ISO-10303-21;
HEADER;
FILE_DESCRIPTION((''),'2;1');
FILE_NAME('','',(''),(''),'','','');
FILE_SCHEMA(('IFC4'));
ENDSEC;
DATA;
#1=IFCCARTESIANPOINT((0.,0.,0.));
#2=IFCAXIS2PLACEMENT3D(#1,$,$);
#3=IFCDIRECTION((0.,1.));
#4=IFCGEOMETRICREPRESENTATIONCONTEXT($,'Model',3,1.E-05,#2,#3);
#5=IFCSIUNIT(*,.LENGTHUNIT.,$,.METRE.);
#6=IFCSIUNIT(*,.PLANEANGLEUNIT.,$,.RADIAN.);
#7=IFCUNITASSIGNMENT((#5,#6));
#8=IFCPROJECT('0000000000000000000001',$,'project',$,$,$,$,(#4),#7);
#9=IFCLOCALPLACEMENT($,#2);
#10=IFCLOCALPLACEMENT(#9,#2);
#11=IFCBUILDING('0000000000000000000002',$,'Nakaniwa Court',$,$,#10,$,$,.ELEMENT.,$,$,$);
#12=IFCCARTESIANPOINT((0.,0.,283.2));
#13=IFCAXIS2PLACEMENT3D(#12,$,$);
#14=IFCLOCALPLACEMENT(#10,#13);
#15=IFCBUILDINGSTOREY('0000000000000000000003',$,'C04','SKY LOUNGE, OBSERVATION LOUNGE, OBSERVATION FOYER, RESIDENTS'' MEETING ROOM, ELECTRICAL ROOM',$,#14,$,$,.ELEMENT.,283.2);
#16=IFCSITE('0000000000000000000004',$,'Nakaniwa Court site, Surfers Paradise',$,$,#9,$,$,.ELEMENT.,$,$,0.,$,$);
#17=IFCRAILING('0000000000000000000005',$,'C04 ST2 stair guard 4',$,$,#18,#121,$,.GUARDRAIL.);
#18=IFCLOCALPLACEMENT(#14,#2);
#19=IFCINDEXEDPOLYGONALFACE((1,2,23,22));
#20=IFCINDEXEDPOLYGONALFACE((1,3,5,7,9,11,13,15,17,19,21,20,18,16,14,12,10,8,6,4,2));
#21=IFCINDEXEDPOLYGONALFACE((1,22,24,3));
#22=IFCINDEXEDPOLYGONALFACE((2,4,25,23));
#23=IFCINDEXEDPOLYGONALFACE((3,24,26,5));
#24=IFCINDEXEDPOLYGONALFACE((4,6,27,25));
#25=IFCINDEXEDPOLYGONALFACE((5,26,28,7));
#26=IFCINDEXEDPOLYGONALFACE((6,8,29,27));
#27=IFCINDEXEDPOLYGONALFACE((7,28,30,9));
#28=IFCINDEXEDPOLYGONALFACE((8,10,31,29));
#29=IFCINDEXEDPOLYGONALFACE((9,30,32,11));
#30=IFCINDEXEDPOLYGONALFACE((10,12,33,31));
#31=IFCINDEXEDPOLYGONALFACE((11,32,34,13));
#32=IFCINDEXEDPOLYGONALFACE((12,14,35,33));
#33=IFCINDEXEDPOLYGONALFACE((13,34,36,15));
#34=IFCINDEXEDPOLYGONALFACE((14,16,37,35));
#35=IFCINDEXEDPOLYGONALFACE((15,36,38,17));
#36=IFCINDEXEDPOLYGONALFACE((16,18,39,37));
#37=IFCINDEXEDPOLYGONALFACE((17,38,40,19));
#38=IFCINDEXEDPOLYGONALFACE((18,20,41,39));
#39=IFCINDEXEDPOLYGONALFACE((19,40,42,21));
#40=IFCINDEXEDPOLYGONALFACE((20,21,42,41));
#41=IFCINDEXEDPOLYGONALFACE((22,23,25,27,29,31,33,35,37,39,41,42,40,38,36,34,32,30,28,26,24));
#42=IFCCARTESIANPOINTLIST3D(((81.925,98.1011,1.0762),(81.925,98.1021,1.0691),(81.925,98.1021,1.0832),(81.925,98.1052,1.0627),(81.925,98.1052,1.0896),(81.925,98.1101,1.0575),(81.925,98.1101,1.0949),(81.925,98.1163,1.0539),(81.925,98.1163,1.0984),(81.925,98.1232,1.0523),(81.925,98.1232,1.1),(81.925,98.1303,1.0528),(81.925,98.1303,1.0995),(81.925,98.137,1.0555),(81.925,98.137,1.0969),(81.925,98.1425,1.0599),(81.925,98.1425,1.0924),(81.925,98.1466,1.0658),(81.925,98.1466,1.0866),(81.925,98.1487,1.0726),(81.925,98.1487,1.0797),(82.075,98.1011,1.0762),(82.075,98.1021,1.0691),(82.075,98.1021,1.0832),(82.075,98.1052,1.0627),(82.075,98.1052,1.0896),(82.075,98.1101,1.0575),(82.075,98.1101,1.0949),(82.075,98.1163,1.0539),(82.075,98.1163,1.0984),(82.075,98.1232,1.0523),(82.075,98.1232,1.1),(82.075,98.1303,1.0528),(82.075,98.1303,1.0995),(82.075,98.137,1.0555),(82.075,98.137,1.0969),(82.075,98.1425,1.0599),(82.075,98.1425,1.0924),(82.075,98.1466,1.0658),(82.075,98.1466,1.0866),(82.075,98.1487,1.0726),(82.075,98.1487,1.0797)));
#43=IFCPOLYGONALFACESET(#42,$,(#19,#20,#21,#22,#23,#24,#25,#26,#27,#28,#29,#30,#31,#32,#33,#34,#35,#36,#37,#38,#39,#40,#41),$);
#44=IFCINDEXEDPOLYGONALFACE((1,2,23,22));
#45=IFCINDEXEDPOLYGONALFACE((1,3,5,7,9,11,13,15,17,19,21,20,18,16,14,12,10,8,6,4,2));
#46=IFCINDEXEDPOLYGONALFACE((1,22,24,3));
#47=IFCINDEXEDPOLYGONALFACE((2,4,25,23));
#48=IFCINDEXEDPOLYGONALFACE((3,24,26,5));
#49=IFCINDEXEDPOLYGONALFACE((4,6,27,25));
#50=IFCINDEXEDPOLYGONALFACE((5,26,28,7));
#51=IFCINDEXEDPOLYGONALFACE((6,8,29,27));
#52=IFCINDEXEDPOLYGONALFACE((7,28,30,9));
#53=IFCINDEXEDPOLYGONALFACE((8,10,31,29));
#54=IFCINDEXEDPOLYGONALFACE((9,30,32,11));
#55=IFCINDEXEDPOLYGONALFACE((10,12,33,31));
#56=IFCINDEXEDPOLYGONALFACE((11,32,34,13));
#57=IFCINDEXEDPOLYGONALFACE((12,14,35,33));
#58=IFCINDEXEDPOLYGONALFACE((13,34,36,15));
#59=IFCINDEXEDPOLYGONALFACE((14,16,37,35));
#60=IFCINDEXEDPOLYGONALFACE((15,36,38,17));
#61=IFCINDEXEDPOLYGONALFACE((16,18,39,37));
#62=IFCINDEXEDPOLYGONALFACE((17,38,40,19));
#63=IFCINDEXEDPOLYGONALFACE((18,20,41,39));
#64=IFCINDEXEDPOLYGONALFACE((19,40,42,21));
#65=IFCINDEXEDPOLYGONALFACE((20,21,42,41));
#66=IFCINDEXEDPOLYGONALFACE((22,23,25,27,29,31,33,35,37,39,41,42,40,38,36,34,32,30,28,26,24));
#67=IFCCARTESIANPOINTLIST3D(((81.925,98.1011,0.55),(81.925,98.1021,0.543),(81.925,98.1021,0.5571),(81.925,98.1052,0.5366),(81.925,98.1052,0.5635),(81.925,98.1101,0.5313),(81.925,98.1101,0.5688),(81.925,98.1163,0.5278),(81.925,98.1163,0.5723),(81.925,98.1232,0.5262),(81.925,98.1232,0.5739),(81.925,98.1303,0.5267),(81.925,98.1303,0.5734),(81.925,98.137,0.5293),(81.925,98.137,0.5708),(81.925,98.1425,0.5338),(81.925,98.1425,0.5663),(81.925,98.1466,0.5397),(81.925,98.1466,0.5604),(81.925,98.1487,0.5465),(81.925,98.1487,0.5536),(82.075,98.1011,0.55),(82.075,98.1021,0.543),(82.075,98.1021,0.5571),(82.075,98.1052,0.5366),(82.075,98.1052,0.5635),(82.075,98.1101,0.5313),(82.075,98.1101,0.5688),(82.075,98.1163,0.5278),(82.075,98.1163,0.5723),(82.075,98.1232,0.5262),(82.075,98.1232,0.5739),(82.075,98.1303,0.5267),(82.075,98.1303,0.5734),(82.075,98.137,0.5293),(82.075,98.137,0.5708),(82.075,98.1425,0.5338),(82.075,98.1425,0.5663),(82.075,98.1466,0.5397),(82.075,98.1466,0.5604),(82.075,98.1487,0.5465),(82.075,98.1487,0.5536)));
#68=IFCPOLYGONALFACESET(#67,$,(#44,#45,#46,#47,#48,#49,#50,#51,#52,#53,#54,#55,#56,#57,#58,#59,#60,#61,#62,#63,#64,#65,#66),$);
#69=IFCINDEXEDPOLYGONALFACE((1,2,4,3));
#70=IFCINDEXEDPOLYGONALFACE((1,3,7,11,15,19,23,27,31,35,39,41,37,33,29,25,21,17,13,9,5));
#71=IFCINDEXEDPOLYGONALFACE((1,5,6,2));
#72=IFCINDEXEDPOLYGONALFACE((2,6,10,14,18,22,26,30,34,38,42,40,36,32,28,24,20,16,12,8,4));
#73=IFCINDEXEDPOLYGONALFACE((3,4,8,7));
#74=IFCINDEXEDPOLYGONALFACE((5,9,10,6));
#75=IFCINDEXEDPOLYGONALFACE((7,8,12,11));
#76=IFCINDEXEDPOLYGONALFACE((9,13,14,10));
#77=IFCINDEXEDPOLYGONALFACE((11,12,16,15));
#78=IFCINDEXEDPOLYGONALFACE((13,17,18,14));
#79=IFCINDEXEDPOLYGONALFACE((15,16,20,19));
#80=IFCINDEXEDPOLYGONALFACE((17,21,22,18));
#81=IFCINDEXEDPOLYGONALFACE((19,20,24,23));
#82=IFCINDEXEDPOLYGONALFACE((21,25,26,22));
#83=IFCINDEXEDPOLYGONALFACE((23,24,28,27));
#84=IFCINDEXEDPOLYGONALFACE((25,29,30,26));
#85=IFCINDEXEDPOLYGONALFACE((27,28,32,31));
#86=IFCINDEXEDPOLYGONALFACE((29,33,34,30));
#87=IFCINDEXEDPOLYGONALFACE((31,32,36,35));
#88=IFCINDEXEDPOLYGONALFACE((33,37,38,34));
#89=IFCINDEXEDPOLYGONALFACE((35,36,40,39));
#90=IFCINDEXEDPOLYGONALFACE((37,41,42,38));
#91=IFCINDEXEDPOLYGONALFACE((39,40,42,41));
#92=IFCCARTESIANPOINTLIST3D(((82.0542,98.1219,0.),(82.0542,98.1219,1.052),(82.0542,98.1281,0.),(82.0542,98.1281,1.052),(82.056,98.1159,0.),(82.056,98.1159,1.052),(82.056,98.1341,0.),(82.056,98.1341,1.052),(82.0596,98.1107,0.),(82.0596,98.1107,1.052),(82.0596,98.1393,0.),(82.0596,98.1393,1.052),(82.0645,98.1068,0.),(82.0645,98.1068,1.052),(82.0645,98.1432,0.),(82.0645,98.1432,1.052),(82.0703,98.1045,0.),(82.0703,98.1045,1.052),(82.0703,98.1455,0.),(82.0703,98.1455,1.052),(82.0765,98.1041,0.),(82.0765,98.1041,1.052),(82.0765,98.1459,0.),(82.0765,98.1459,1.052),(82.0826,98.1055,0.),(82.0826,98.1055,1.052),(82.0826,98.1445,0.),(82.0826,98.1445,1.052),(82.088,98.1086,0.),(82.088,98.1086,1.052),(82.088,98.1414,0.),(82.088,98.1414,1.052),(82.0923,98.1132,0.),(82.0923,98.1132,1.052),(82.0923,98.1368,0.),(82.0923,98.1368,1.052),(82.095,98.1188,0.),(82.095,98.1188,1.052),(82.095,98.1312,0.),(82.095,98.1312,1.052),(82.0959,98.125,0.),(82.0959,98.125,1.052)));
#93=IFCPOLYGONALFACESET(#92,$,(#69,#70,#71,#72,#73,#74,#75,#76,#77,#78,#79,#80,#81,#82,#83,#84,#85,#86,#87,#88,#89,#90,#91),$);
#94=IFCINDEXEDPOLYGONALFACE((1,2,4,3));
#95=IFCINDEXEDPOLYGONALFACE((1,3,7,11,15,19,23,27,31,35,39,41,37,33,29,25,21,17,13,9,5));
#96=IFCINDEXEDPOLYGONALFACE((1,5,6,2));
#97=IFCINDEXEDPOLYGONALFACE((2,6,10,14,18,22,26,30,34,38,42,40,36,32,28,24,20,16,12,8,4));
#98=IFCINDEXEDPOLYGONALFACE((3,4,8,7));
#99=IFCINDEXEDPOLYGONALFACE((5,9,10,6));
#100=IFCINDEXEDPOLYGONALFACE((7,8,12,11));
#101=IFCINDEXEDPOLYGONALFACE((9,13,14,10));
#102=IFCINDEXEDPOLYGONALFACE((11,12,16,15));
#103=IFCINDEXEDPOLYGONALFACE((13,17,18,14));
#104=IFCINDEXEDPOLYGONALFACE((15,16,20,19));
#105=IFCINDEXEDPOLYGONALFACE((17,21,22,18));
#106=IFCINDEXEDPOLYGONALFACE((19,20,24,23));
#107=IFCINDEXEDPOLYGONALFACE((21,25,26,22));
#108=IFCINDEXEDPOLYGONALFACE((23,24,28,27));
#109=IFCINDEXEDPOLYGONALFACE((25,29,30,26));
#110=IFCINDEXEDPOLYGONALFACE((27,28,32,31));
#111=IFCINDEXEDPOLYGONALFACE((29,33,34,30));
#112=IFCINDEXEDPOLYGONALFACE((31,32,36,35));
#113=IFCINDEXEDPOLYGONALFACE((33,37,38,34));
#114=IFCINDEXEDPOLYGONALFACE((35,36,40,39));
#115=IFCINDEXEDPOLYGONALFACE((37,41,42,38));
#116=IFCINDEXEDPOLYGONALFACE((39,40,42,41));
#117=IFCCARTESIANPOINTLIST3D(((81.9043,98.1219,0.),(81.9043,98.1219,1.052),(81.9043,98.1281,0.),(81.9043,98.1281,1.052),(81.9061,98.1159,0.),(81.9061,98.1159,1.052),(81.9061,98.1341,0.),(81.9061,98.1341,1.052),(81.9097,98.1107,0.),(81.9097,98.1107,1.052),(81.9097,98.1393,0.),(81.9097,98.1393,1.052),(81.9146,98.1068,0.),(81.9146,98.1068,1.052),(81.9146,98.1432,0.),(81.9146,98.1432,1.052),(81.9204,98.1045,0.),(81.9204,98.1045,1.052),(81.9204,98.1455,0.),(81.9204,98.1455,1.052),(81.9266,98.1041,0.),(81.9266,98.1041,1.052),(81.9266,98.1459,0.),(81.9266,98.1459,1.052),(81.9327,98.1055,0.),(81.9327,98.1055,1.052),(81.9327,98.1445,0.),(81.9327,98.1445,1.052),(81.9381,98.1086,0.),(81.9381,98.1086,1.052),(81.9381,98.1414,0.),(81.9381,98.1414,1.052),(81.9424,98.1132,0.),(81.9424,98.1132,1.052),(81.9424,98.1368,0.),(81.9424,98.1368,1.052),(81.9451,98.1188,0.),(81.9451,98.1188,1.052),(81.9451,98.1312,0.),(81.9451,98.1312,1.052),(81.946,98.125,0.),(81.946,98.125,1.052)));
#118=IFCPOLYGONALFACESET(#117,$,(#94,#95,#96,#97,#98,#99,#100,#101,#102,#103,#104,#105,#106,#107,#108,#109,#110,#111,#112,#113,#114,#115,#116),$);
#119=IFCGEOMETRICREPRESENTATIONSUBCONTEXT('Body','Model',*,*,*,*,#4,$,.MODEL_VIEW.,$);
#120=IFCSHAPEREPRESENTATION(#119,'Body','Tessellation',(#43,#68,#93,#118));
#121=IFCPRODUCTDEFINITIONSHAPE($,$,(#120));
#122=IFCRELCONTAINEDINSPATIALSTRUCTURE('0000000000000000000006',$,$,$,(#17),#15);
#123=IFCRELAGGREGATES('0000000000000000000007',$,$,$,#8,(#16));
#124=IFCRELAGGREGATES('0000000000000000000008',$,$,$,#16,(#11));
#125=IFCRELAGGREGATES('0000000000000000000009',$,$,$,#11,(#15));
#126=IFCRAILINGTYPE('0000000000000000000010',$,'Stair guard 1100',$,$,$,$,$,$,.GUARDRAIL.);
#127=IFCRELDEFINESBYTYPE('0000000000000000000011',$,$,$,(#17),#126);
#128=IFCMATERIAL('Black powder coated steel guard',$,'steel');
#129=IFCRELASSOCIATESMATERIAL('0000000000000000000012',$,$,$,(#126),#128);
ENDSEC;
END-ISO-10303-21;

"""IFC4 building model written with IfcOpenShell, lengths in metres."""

from ifc_helpers import new_model, si_unit, direction, frame, origin, origin_2d, place, context, subcontext, project, spatial, circle, extrude, material, type_object, element, save


model = new_model("IFC4")

# Units and contexts
model_context = context("Model", 3, precision=1e-05, world=origin(), true_north=direction((0.0, 1.0)))
body_context = subcontext(model_context, "Body", "Model", "MODEL_VIEW")
ifc_project = project(units=[si_unit("LENGTHUNIT", "METRE"), si_unit("PLANEANGLEUNIT", "RADIAN")], contexts=[model_context])

# Site, building, storey
site_placement = place(None, origin())
site = spatial("IfcSite", under=ifc_project, at=site_placement, Name="Nakaniwa Court site, Surfers Paradise", CompositionType="ELEMENT", RefElevation=0.0)
building_placement = place(site_placement, origin())
building = spatial("IfcBuilding", under=site, at=building_placement, Name="Nakaniwa Court", CompositionType="ELEMENT")
storey_placement = place(building_placement, frame((0.0, 0.0, 283.2)))
storey = spatial("IfcBuildingStorey", under=building, at=storey_placement, Name="C04", Description="SKY LOUNGE, OBSERVATION LOUNGE, OBSERVATION FOYER, RESIDENTS' MEETING ROOM, ELECTRICAL ROOM", CompositionType="ELEMENT", Elevation=283.2)

# Railing
ifc_material_1 = material(Name="Black powder coated steel guard", Category="steel")
railing_type_1 = type_object("IfcRailingType", Name="Stair guard 1100", PredefinedType="GUARDRAIL", material=ifc_material_1)
railing_1_placement = place(storey_placement, frame((82.075, 98.125, 0.0)))
element("IfcRailing", 1, at=railing_1_placement, inside=storey, type_object=railing_type_1, Name="C04 ST2 stair guard 4", PredefinedType="GUARDRAIL", context=body_context, shape_type="SweptSolid", body=[
    extrude(circle(Radius=0.0239, at=origin_2d()), frame((0.0, 0.0, 1.0762), z_axis=(-1.0, 0.0, 0.0), x_axis=(0.0, -1.0, 0.0)), (0.0, 0.0, 1.0), 0.1499),
    extrude(circle(Radius=0.0239, at=origin_2d()), frame((0.0, 0.0, 0.55), z_axis=(-1.0, 0.0, 0.0), x_axis=(0.0, -1.0, 0.0)), (0.0, 0.0, 1.0), 0.1499),
    extrude(circle(Radius=0.021, at=origin_2d()), origin(), (0.0, 0.0, 1.0), 1.052),
    extrude(circle(Radius=0.021, at=origin_2d()), frame((-0.1499, 0.0, 0.0)), (0.0, 0.0, 1.0), 1.052),
])

save(model, "model.ifc")
